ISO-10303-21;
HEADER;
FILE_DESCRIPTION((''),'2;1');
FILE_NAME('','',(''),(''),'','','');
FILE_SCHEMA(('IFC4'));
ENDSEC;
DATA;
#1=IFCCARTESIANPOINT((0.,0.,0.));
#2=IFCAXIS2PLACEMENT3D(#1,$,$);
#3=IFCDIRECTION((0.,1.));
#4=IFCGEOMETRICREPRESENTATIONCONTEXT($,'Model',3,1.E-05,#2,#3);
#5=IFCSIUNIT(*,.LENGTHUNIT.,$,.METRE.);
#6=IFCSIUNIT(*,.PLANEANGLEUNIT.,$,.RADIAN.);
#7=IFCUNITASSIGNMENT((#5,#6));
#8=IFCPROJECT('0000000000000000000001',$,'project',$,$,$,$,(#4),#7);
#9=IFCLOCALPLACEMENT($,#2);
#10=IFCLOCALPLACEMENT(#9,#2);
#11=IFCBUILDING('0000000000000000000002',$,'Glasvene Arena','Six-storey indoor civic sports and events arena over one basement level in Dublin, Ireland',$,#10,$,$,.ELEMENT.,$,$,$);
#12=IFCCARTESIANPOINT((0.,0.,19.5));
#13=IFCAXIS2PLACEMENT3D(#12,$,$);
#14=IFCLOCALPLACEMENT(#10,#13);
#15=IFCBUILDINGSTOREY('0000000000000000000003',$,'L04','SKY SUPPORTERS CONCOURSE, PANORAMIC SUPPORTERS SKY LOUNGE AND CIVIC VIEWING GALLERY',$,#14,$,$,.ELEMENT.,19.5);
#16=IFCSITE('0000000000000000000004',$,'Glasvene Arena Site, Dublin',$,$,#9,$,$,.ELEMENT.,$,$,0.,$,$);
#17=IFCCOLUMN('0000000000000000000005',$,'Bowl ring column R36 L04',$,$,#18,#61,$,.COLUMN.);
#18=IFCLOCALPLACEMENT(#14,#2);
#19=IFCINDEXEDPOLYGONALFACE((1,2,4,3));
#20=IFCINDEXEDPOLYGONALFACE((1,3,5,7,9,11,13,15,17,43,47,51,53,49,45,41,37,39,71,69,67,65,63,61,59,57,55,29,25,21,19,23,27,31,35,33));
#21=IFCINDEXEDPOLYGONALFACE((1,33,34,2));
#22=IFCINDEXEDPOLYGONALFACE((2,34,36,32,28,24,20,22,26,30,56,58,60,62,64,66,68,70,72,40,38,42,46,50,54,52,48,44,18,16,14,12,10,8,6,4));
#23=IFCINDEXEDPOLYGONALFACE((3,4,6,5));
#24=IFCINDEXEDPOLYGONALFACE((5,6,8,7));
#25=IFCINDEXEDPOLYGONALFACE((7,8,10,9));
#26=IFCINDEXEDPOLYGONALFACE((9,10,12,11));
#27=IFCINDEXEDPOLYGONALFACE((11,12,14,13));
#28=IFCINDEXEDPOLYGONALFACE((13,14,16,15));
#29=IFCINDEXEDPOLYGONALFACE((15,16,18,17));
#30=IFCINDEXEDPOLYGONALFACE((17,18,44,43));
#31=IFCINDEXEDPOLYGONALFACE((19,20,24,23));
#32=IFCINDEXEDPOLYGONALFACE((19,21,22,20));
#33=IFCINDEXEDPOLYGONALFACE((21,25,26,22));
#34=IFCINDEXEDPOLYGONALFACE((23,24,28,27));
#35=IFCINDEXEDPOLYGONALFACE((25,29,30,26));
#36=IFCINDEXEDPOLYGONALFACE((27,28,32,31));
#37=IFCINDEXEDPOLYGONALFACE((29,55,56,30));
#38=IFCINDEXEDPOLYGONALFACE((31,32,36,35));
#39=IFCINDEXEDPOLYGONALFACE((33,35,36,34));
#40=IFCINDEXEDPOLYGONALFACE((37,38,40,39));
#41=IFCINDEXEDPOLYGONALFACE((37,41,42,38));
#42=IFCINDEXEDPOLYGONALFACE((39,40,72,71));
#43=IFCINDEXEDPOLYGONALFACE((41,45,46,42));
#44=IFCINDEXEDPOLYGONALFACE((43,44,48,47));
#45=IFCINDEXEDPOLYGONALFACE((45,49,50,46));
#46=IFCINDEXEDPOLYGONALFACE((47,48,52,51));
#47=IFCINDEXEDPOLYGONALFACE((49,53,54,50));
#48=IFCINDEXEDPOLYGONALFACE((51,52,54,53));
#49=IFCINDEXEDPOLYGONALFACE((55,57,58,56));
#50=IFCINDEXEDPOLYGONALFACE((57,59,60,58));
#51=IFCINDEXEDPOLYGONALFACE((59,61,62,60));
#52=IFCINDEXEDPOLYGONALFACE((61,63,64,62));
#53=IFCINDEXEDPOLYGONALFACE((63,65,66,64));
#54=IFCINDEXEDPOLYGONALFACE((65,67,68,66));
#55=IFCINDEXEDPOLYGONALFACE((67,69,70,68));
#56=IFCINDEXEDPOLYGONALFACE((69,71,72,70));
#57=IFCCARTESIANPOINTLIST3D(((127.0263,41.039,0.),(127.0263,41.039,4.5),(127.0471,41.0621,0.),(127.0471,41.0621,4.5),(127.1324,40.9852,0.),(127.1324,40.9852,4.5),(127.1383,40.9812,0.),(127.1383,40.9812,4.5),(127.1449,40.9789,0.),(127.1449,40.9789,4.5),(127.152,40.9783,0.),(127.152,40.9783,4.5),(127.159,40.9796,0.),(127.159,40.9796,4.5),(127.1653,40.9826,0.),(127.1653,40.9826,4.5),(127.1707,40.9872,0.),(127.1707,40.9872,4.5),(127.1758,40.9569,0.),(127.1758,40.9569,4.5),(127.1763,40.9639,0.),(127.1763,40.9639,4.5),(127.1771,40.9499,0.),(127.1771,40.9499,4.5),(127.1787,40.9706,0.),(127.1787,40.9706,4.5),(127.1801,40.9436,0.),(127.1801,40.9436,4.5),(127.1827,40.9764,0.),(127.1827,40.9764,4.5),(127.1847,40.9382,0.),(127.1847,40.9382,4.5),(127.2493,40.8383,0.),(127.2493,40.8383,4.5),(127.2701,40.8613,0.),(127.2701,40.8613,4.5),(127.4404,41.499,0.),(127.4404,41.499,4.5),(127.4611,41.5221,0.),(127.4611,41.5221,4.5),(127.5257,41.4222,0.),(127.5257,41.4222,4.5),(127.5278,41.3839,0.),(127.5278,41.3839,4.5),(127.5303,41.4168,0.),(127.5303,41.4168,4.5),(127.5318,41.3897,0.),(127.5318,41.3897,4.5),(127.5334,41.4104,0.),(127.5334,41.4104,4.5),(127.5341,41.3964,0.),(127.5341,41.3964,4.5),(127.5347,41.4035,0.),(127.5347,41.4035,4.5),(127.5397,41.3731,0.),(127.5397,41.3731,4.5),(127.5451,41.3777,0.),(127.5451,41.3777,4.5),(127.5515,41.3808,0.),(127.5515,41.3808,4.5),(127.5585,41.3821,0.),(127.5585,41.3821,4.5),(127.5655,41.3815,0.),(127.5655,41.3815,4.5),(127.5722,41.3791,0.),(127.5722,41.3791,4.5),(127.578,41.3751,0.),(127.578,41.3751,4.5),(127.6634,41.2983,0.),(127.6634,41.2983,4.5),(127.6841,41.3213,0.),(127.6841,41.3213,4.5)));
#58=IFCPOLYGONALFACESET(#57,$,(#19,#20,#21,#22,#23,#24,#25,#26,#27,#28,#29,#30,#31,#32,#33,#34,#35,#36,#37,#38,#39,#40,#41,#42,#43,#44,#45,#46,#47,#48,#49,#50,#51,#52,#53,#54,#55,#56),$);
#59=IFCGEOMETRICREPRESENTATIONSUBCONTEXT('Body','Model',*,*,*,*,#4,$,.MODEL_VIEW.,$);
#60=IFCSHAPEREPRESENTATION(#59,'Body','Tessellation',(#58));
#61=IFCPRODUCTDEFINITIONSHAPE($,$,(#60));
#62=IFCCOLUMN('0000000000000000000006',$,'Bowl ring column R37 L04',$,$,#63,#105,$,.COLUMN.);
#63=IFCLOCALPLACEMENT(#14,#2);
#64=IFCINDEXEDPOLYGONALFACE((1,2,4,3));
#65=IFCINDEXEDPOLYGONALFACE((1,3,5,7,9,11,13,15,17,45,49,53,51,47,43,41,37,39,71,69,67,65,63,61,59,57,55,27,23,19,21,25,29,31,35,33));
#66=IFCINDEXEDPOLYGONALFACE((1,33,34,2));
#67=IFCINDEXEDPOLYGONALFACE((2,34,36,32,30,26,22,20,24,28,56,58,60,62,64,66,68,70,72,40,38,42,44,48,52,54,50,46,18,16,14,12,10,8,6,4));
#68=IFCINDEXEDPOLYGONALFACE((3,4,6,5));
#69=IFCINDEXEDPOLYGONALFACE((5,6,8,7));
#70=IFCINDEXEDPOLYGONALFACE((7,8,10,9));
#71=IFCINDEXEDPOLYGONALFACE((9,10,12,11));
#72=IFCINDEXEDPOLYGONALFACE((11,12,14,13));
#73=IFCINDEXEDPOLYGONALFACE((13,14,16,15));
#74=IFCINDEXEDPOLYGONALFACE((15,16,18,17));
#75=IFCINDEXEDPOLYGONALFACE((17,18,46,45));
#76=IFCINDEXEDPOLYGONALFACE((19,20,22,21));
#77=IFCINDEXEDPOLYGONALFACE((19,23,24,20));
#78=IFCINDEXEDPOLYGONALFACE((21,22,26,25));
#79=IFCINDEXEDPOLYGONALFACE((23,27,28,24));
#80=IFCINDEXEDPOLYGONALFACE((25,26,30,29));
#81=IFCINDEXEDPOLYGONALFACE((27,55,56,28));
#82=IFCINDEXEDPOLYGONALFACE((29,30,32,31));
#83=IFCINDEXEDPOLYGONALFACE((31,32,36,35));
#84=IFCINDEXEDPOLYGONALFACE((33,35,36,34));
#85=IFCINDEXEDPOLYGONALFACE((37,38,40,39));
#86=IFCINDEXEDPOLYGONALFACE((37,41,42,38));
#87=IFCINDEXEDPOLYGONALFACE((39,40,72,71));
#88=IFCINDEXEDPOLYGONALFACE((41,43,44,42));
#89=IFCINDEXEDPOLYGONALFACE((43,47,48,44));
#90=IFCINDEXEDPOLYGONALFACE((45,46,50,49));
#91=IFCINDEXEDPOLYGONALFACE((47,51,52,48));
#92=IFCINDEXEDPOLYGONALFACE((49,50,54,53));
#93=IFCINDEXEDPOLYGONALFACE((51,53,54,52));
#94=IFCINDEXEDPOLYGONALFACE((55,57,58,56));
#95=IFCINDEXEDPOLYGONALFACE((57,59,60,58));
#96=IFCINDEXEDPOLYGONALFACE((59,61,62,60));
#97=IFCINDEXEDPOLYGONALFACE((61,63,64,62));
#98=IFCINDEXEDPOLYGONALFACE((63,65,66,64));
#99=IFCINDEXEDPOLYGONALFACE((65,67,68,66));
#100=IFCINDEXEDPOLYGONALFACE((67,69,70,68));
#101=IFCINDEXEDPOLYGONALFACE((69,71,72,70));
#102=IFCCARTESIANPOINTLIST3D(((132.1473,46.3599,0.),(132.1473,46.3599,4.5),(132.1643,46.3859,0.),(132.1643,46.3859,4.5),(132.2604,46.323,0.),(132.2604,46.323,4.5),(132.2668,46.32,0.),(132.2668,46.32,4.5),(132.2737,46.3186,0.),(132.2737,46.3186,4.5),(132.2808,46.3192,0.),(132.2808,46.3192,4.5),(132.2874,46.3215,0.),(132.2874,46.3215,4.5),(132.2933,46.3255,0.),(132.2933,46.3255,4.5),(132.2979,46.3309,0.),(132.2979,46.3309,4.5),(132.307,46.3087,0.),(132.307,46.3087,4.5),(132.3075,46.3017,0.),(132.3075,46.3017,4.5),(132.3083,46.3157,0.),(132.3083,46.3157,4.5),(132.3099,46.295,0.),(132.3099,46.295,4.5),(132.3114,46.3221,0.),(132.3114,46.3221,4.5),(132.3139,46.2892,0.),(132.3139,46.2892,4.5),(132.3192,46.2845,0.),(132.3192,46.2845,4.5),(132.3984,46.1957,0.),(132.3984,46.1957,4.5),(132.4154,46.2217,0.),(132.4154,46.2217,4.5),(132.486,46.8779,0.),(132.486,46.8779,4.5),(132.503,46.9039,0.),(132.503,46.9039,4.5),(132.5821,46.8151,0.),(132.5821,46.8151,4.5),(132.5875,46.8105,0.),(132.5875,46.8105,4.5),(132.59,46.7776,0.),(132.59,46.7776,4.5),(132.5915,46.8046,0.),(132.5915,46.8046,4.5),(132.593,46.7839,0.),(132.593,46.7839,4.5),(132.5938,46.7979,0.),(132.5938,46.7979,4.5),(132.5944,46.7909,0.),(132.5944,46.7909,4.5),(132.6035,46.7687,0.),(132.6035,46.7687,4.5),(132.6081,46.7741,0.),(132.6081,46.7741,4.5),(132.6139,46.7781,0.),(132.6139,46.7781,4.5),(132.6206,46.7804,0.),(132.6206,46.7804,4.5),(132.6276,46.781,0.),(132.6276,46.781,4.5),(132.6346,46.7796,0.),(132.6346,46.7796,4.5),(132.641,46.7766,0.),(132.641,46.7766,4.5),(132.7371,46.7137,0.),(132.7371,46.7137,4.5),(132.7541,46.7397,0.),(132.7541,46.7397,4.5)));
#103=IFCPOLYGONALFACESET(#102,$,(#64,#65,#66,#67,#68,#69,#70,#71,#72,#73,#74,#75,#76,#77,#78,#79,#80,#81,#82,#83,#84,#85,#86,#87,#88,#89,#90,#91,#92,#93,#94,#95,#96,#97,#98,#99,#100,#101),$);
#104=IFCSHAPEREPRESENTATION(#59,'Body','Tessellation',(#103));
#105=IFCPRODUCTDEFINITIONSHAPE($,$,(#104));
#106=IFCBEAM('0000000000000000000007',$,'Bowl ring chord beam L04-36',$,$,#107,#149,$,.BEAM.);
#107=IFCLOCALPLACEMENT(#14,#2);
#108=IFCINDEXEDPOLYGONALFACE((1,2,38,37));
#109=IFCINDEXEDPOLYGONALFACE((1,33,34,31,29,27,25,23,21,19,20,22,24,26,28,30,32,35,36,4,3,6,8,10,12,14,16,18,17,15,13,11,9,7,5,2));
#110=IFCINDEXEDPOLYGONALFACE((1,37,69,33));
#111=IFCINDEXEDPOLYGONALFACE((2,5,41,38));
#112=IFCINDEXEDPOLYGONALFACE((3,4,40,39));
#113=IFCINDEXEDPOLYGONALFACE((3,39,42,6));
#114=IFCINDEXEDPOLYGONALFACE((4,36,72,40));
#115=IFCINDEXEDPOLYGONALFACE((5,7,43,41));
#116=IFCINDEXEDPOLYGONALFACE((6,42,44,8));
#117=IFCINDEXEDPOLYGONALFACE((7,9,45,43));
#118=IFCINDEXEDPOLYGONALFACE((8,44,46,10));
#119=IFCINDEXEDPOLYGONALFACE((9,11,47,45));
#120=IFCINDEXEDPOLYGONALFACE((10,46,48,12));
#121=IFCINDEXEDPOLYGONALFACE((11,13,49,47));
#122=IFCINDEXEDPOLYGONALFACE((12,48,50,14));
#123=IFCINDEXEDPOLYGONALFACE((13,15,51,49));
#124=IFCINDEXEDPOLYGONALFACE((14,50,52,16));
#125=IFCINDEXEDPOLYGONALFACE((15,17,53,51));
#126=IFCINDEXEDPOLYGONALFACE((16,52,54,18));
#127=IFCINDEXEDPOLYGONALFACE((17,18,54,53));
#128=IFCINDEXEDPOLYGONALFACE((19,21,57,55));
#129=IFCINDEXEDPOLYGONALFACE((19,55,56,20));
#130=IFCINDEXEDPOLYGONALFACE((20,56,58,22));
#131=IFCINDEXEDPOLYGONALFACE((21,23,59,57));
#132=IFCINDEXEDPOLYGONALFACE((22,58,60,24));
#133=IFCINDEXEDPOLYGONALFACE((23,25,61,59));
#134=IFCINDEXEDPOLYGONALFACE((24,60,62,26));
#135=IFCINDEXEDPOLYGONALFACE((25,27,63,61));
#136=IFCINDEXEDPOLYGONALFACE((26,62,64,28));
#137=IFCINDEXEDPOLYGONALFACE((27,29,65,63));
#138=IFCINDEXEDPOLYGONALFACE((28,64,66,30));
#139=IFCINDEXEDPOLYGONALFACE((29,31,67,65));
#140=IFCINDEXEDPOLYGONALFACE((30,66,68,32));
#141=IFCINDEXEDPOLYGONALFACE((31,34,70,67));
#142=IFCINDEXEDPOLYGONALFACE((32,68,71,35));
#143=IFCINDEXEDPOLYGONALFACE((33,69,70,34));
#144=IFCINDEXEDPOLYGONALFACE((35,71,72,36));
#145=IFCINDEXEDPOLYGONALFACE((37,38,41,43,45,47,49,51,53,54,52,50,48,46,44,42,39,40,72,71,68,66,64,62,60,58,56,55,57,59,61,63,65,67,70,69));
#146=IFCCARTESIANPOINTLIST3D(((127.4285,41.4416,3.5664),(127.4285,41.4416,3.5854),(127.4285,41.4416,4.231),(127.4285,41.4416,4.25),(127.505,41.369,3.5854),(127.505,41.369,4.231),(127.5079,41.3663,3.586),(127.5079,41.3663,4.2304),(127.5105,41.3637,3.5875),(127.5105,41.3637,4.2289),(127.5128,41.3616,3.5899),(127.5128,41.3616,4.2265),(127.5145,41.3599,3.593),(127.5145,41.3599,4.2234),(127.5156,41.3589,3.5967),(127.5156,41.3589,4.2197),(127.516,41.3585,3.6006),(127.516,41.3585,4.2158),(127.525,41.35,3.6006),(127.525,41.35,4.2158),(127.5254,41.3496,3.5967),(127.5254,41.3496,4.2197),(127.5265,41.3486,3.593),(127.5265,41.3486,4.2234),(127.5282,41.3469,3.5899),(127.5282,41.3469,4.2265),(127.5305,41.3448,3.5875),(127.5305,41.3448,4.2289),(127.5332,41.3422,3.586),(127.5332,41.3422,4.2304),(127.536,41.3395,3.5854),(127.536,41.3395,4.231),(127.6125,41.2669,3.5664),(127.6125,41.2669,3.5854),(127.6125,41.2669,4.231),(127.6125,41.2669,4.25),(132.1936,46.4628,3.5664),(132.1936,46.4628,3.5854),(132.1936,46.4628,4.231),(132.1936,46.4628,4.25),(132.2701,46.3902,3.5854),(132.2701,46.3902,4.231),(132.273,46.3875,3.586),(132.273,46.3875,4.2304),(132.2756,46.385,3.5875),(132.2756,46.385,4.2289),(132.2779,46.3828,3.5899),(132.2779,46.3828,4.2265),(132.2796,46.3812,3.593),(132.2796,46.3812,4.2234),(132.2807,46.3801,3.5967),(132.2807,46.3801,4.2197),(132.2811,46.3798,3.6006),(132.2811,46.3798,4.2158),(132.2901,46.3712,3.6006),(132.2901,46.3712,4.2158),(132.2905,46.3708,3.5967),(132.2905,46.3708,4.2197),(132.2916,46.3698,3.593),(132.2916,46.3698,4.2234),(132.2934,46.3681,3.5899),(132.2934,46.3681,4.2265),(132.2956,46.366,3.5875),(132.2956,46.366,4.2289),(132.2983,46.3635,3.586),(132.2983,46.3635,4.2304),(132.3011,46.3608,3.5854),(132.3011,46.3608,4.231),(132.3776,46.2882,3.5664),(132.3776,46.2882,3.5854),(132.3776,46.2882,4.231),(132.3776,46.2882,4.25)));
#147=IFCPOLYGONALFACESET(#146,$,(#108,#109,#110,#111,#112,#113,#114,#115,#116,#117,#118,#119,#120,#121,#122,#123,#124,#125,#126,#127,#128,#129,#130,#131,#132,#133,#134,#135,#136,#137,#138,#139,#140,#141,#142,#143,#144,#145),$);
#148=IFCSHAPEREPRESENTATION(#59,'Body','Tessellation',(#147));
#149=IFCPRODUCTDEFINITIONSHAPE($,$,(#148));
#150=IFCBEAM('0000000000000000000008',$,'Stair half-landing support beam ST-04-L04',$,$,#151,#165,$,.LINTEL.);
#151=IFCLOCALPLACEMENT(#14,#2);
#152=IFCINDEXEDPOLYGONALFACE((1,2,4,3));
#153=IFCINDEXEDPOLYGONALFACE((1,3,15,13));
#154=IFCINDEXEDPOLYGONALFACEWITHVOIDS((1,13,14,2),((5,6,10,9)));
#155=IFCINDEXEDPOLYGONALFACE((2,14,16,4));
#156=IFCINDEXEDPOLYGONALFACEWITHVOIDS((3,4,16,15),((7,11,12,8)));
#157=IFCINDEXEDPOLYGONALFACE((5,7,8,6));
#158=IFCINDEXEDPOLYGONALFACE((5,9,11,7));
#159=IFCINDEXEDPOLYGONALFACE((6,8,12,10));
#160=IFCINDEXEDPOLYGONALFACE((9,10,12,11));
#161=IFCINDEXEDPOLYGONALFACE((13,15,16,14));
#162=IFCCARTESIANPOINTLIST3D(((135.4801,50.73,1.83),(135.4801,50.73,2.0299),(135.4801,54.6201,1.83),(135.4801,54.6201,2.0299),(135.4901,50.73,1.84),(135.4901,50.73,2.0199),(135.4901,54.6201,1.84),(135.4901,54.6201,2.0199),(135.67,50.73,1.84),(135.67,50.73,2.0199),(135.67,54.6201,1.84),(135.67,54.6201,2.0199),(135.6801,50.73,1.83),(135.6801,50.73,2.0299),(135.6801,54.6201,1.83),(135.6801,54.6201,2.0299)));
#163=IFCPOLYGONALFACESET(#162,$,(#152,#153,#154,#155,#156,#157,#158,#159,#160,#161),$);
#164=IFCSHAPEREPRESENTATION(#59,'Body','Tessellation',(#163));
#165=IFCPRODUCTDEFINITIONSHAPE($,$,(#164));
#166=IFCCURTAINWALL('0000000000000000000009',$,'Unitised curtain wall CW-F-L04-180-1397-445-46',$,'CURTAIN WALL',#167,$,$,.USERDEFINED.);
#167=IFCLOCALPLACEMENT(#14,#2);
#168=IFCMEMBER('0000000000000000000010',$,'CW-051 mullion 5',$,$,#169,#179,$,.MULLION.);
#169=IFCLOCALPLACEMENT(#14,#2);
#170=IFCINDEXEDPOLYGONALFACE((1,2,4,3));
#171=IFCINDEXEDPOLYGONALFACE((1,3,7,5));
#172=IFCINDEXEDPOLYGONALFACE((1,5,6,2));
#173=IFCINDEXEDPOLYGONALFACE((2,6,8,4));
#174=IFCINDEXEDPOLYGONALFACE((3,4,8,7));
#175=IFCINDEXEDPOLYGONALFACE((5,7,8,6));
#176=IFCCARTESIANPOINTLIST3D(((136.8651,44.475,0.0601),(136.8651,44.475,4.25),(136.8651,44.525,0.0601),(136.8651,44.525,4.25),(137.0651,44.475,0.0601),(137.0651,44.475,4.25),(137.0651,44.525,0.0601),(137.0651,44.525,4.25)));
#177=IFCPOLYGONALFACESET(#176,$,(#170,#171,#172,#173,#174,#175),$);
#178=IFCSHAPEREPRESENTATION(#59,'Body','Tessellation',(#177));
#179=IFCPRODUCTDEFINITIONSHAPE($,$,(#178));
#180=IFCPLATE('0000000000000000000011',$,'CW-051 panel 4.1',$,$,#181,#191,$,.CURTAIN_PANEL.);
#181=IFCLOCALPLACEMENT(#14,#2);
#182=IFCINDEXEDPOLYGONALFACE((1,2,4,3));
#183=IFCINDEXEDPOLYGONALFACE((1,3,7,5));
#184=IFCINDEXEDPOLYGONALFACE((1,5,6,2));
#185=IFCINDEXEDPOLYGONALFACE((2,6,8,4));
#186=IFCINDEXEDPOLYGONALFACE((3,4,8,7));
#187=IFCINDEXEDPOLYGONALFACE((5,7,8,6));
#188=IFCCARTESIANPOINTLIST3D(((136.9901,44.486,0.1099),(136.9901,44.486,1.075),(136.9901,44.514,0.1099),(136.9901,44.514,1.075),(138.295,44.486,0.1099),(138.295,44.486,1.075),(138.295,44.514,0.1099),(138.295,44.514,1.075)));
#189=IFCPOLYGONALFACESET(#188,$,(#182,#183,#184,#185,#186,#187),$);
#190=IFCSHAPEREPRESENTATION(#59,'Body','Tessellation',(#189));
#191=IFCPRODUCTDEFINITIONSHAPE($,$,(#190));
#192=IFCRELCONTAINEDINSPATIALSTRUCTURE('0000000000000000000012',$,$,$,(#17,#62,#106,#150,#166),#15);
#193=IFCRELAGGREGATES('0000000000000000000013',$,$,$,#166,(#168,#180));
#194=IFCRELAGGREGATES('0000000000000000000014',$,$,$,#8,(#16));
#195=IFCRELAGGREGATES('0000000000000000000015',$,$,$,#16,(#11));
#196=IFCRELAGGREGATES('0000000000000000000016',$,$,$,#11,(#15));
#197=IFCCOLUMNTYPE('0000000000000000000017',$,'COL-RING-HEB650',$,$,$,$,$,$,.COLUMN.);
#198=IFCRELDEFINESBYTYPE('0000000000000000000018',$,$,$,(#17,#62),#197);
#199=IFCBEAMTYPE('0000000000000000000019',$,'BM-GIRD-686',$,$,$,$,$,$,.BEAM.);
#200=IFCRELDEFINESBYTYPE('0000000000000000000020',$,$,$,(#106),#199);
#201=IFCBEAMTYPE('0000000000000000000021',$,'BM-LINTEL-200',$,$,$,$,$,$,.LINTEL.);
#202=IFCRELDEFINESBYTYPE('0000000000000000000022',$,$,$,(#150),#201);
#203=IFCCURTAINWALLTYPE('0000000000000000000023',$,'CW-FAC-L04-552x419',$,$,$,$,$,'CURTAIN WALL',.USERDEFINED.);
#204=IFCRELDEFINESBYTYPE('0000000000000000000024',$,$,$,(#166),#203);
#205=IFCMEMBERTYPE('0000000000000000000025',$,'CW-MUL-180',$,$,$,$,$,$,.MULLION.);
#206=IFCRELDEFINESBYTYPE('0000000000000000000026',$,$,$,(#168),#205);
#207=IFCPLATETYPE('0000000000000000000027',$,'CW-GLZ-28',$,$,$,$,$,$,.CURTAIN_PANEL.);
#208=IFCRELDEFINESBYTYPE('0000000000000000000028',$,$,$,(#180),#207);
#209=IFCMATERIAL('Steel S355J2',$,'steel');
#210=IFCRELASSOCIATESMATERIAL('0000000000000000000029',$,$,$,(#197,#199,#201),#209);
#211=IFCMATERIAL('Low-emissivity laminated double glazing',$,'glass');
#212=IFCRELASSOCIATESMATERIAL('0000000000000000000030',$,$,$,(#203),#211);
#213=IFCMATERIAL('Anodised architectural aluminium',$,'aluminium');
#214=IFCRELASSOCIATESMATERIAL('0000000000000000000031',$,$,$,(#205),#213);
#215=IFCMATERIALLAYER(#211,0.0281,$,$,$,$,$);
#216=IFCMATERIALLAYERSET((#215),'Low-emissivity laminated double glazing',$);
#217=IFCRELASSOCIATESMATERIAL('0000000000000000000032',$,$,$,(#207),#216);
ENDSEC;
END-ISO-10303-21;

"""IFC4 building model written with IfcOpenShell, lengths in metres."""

from ifc_helpers import new_model, si_unit, direction, frame, origin, origin_2d, place, context, subcontext, project, spatial, rectangle, hollow_rectangle, i_section, extrude, material, layer, layer_set, material_profile, profile_set, type_object, element, aggregate, save


model = new_model("IFC4")

# Units and contexts
model_context = context("Model", 3, precision=1e-05, world=origin(), true_north=direction((0.0, 1.0)))
body_context = subcontext(model_context, "Body", "Model", "MODEL_VIEW")
ifc_project = project(units=[si_unit("LENGTHUNIT", "METRE"), si_unit("PLANEANGLEUNIT", "RADIAN")], contexts=[model_context])

# Site, building, storey
site_placement = place(None, origin())
site = spatial("IfcSite", under=ifc_project, at=site_placement, Name="Glasvene Arena Site, Dublin", CompositionType="ELEMENT", RefElevation=0.0)
building_placement = place(site_placement, origin())
building = spatial("IfcBuilding", under=site, at=building_placement, Name="Glasvene Arena", Description="Six-storey indoor civic sports and events arena over one basement level in Dublin, Ireland", CompositionType="ELEMENT")
storey_placement = place(building_placement, frame((0.0, 0.0, 19.5)))
storey = spatial("IfcBuildingStorey", under=building, at=storey_placement, Name="L04", Description="SKY SUPPORTERS CONCOURSE, PANORAMIC SUPPORTERS SKY LOUNGE AND CIVIC VIEWING GALLERY", CompositionType="ELEMENT", Elevation=19.5)

# Columns
ifc_material_1 = material(Name="Steel S355J2", Category="steel")
ifc_material_profile_1 = material_profile(ifc_material_1, i_section(OverallWidth=0.3, OverallDepth=0.6499, WebThickness=0.0161, FlangeThickness=0.031, FilletRadius=0.0271, at=origin_2d()), Name="HEB 650")
ifc_profile_set_1 = profile_set([ifc_material_profile_1], Name="Steel S355J2")
column_type = type_object("IfcColumnType", Name="COL-RING-HEB650", PredefinedType="COLUMN", material=ifc_profile_set_1)
for number, where, z_axis, x_axis, name in (
    (1, (127.3552, 41.1802, 0.0), (0.0, 0.0, 1.0), (0.743262, -0.669001, 0.0), "Bowl ring column R36 L04"),
    (2, (132.4507, 46.5498, 0.0), (0.0, 0.0, 1.0), (0.836955, -0.547271, 0.0), "Bowl ring column R37 L04"),
):
    element("IfcColumn", number, at=place(storey_placement, frame(where, z_axis=z_axis, x_axis=x_axis)), inside=storey, type_object=column_type, Name=name, PredefinedType="COLUMN", context=body_context, shape_type="SweptSolid", body=[
        extrude(i_section(OverallWidth=0.3, OverallDepth=0.6499, WebThickness=0.0161, FlangeThickness=0.031, FilletRadius=0.0271, at=origin_2d()), origin(), (0.0, 0.0, 1.0), 4.5),
    ])

# Beams
ifc_material_profile_2 = material_profile(ifc_material_1, i_section(OverallWidth=0.2537, OverallDepth=0.6836, WebThickness=0.0125, FlangeThickness=0.019, FilletRadius=0.0151, at=origin_2d()), Name="UKB 686x254x140")
ifc_profile_set_2 = profile_set([ifc_material_profile_2], Name="Steel S355J2")
beam_type_1 = type_object("IfcBeamType", Name="BM-GIRD-686", PredefinedType="BEAM", material=ifc_profile_set_2)
beam_1_placement = place(storey_placement, frame((127.5205, 41.3542, 3.9082), z_axis=(0.688367, 0.725363, 0.0), x_axis=(-0.725363, 0.688367, 0.0)))
element("IfcBeam", 3, at=beam_1_placement, inside=storey, type_object=beam_type_1, Name="Bowl ring chord beam L04-36", PredefinedType="BEAM", context=body_context, shape_type="SweptSolid", body=[
    extrude(i_section(OverallWidth=0.2537, OverallDepth=0.6836, WebThickness=0.0125, FlangeThickness=0.019, FilletRadius=0.0151, at=origin_2d()), origin(), (0.0, 0.0, 1.0), 6.9224),
])
ifc_material_profile_3 = material_profile(ifc_material_1, hollow_rectangle(XDim=0.2, YDim=0.2, WallThickness=0.01, at=origin_2d()), Name="SHS 200x200x10.0")
ifc_profile_set_3 = profile_set([ifc_material_profile_3], Name="Steel S355J2")
beam_type_2 = type_object("IfcBeamType", Name="BM-LINTEL-200", PredefinedType="LINTEL", material=ifc_profile_set_3)
beam_2_placement = place(storey_placement, frame((135.5801, 50.73, 1.9299), z_axis=(0.0, 1.0, 0.0), x_axis=(-1.0, 0.0, 0.0)))
element("IfcBeam", 4, at=beam_2_placement, inside=storey, type_object=beam_type_2, Name="Stair half-landing support beam ST-04-L04", PredefinedType="LINTEL", context=body_context, shape_type="SweptSolid", body=[
    extrude(hollow_rectangle(XDim=0.2, YDim=0.2, WallThickness=0.01, at=origin_2d()), origin(), (0.0, 0.0, 1.0), 3.8901),
])

# Curtain wall, member, plate
ifc_material_2 = material(Name="Low-emissivity laminated double glazing", Category="glass")
curtain_wall_type = type_object("IfcCurtainWallType", Name="CW-FAC-L04-552x419", ElementType="CURTAIN WALL", PredefinedType="USERDEFINED", material=ifc_material_2)
curtain_wall_placement = place(storey_placement, frame((142.46, 44.5, 0.0)))
curtain_wall = element("IfcCurtainWall", 5, at=curtain_wall_placement, inside=storey, type_object=curtain_wall_type, Name="Unitised curtain wall CW-F-L04-180-1397-445-46", ObjectType="CURTAIN WALL", PredefinedType="USERDEFINED")
ifc_material_3 = material(Name="Anodised architectural aluminium", Category="aluminium")
ifc_material_profile_4 = material_profile(ifc_material_3, rectangle(XDim=0.05, YDim=0.2, at=origin_2d()), Name="ALU MULLION 50x200")
ifc_profile_set_4 = profile_set([ifc_material_profile_4], Name="Anodised architectural aluminium")
member_type = type_object("IfcMemberType", Name="CW-MUL-180", PredefinedType="MULLION", material=ifc_profile_set_4)
member_placement = place(storey_placement, frame((136.9651, 44.5, 0.0601), z_axis=(0.0, 0.0, 1.0), x_axis=(0.0, -1.0, 0.0)))
member = element("IfcMember", 6, at=member_placement, type_object=member_type, Name="CW-051 mullion 5", PredefinedType="MULLION", context=body_context, shape_type="SweptSolid", body=[
    extrude(rectangle(XDim=0.05, YDim=0.2, at=origin_2d()), origin(), (0.0, 0.0, 1.0), 4.1899),
])
ifc_layer_1 = layer(ifc_material_2, 0.0281)
ifc_layer_set_1 = layer_set([ifc_layer_1], Name="Low-emissivity laminated double glazing")
plate_type = type_object("IfcPlateType", Name="CW-GLZ-28", PredefinedType="CURTAIN_PANEL", material=ifc_layer_set_1)
plate_placement = place(storey_placement, frame((137.6426, 44.5, 0.1099), z_axis=(0.0, 0.0, 1.0), x_axis=(-1.0, 0.0, 0.0)))
plate = element("IfcPlate", 7, at=plate_placement, type_object=plate_type, Name="CW-051 panel 4.1", PredefinedType="CURTAIN_PANEL", context=body_context, shape_type="SweptSolid", body=[
    extrude(rectangle(XDim=1.3049, YDim=0.0281, at=origin_2d()), origin(), (0.0, 0.0, 1.0), 0.9651),
])
aggregate(curtain_wall, [member, plate])

save(model, "model.ifc")
